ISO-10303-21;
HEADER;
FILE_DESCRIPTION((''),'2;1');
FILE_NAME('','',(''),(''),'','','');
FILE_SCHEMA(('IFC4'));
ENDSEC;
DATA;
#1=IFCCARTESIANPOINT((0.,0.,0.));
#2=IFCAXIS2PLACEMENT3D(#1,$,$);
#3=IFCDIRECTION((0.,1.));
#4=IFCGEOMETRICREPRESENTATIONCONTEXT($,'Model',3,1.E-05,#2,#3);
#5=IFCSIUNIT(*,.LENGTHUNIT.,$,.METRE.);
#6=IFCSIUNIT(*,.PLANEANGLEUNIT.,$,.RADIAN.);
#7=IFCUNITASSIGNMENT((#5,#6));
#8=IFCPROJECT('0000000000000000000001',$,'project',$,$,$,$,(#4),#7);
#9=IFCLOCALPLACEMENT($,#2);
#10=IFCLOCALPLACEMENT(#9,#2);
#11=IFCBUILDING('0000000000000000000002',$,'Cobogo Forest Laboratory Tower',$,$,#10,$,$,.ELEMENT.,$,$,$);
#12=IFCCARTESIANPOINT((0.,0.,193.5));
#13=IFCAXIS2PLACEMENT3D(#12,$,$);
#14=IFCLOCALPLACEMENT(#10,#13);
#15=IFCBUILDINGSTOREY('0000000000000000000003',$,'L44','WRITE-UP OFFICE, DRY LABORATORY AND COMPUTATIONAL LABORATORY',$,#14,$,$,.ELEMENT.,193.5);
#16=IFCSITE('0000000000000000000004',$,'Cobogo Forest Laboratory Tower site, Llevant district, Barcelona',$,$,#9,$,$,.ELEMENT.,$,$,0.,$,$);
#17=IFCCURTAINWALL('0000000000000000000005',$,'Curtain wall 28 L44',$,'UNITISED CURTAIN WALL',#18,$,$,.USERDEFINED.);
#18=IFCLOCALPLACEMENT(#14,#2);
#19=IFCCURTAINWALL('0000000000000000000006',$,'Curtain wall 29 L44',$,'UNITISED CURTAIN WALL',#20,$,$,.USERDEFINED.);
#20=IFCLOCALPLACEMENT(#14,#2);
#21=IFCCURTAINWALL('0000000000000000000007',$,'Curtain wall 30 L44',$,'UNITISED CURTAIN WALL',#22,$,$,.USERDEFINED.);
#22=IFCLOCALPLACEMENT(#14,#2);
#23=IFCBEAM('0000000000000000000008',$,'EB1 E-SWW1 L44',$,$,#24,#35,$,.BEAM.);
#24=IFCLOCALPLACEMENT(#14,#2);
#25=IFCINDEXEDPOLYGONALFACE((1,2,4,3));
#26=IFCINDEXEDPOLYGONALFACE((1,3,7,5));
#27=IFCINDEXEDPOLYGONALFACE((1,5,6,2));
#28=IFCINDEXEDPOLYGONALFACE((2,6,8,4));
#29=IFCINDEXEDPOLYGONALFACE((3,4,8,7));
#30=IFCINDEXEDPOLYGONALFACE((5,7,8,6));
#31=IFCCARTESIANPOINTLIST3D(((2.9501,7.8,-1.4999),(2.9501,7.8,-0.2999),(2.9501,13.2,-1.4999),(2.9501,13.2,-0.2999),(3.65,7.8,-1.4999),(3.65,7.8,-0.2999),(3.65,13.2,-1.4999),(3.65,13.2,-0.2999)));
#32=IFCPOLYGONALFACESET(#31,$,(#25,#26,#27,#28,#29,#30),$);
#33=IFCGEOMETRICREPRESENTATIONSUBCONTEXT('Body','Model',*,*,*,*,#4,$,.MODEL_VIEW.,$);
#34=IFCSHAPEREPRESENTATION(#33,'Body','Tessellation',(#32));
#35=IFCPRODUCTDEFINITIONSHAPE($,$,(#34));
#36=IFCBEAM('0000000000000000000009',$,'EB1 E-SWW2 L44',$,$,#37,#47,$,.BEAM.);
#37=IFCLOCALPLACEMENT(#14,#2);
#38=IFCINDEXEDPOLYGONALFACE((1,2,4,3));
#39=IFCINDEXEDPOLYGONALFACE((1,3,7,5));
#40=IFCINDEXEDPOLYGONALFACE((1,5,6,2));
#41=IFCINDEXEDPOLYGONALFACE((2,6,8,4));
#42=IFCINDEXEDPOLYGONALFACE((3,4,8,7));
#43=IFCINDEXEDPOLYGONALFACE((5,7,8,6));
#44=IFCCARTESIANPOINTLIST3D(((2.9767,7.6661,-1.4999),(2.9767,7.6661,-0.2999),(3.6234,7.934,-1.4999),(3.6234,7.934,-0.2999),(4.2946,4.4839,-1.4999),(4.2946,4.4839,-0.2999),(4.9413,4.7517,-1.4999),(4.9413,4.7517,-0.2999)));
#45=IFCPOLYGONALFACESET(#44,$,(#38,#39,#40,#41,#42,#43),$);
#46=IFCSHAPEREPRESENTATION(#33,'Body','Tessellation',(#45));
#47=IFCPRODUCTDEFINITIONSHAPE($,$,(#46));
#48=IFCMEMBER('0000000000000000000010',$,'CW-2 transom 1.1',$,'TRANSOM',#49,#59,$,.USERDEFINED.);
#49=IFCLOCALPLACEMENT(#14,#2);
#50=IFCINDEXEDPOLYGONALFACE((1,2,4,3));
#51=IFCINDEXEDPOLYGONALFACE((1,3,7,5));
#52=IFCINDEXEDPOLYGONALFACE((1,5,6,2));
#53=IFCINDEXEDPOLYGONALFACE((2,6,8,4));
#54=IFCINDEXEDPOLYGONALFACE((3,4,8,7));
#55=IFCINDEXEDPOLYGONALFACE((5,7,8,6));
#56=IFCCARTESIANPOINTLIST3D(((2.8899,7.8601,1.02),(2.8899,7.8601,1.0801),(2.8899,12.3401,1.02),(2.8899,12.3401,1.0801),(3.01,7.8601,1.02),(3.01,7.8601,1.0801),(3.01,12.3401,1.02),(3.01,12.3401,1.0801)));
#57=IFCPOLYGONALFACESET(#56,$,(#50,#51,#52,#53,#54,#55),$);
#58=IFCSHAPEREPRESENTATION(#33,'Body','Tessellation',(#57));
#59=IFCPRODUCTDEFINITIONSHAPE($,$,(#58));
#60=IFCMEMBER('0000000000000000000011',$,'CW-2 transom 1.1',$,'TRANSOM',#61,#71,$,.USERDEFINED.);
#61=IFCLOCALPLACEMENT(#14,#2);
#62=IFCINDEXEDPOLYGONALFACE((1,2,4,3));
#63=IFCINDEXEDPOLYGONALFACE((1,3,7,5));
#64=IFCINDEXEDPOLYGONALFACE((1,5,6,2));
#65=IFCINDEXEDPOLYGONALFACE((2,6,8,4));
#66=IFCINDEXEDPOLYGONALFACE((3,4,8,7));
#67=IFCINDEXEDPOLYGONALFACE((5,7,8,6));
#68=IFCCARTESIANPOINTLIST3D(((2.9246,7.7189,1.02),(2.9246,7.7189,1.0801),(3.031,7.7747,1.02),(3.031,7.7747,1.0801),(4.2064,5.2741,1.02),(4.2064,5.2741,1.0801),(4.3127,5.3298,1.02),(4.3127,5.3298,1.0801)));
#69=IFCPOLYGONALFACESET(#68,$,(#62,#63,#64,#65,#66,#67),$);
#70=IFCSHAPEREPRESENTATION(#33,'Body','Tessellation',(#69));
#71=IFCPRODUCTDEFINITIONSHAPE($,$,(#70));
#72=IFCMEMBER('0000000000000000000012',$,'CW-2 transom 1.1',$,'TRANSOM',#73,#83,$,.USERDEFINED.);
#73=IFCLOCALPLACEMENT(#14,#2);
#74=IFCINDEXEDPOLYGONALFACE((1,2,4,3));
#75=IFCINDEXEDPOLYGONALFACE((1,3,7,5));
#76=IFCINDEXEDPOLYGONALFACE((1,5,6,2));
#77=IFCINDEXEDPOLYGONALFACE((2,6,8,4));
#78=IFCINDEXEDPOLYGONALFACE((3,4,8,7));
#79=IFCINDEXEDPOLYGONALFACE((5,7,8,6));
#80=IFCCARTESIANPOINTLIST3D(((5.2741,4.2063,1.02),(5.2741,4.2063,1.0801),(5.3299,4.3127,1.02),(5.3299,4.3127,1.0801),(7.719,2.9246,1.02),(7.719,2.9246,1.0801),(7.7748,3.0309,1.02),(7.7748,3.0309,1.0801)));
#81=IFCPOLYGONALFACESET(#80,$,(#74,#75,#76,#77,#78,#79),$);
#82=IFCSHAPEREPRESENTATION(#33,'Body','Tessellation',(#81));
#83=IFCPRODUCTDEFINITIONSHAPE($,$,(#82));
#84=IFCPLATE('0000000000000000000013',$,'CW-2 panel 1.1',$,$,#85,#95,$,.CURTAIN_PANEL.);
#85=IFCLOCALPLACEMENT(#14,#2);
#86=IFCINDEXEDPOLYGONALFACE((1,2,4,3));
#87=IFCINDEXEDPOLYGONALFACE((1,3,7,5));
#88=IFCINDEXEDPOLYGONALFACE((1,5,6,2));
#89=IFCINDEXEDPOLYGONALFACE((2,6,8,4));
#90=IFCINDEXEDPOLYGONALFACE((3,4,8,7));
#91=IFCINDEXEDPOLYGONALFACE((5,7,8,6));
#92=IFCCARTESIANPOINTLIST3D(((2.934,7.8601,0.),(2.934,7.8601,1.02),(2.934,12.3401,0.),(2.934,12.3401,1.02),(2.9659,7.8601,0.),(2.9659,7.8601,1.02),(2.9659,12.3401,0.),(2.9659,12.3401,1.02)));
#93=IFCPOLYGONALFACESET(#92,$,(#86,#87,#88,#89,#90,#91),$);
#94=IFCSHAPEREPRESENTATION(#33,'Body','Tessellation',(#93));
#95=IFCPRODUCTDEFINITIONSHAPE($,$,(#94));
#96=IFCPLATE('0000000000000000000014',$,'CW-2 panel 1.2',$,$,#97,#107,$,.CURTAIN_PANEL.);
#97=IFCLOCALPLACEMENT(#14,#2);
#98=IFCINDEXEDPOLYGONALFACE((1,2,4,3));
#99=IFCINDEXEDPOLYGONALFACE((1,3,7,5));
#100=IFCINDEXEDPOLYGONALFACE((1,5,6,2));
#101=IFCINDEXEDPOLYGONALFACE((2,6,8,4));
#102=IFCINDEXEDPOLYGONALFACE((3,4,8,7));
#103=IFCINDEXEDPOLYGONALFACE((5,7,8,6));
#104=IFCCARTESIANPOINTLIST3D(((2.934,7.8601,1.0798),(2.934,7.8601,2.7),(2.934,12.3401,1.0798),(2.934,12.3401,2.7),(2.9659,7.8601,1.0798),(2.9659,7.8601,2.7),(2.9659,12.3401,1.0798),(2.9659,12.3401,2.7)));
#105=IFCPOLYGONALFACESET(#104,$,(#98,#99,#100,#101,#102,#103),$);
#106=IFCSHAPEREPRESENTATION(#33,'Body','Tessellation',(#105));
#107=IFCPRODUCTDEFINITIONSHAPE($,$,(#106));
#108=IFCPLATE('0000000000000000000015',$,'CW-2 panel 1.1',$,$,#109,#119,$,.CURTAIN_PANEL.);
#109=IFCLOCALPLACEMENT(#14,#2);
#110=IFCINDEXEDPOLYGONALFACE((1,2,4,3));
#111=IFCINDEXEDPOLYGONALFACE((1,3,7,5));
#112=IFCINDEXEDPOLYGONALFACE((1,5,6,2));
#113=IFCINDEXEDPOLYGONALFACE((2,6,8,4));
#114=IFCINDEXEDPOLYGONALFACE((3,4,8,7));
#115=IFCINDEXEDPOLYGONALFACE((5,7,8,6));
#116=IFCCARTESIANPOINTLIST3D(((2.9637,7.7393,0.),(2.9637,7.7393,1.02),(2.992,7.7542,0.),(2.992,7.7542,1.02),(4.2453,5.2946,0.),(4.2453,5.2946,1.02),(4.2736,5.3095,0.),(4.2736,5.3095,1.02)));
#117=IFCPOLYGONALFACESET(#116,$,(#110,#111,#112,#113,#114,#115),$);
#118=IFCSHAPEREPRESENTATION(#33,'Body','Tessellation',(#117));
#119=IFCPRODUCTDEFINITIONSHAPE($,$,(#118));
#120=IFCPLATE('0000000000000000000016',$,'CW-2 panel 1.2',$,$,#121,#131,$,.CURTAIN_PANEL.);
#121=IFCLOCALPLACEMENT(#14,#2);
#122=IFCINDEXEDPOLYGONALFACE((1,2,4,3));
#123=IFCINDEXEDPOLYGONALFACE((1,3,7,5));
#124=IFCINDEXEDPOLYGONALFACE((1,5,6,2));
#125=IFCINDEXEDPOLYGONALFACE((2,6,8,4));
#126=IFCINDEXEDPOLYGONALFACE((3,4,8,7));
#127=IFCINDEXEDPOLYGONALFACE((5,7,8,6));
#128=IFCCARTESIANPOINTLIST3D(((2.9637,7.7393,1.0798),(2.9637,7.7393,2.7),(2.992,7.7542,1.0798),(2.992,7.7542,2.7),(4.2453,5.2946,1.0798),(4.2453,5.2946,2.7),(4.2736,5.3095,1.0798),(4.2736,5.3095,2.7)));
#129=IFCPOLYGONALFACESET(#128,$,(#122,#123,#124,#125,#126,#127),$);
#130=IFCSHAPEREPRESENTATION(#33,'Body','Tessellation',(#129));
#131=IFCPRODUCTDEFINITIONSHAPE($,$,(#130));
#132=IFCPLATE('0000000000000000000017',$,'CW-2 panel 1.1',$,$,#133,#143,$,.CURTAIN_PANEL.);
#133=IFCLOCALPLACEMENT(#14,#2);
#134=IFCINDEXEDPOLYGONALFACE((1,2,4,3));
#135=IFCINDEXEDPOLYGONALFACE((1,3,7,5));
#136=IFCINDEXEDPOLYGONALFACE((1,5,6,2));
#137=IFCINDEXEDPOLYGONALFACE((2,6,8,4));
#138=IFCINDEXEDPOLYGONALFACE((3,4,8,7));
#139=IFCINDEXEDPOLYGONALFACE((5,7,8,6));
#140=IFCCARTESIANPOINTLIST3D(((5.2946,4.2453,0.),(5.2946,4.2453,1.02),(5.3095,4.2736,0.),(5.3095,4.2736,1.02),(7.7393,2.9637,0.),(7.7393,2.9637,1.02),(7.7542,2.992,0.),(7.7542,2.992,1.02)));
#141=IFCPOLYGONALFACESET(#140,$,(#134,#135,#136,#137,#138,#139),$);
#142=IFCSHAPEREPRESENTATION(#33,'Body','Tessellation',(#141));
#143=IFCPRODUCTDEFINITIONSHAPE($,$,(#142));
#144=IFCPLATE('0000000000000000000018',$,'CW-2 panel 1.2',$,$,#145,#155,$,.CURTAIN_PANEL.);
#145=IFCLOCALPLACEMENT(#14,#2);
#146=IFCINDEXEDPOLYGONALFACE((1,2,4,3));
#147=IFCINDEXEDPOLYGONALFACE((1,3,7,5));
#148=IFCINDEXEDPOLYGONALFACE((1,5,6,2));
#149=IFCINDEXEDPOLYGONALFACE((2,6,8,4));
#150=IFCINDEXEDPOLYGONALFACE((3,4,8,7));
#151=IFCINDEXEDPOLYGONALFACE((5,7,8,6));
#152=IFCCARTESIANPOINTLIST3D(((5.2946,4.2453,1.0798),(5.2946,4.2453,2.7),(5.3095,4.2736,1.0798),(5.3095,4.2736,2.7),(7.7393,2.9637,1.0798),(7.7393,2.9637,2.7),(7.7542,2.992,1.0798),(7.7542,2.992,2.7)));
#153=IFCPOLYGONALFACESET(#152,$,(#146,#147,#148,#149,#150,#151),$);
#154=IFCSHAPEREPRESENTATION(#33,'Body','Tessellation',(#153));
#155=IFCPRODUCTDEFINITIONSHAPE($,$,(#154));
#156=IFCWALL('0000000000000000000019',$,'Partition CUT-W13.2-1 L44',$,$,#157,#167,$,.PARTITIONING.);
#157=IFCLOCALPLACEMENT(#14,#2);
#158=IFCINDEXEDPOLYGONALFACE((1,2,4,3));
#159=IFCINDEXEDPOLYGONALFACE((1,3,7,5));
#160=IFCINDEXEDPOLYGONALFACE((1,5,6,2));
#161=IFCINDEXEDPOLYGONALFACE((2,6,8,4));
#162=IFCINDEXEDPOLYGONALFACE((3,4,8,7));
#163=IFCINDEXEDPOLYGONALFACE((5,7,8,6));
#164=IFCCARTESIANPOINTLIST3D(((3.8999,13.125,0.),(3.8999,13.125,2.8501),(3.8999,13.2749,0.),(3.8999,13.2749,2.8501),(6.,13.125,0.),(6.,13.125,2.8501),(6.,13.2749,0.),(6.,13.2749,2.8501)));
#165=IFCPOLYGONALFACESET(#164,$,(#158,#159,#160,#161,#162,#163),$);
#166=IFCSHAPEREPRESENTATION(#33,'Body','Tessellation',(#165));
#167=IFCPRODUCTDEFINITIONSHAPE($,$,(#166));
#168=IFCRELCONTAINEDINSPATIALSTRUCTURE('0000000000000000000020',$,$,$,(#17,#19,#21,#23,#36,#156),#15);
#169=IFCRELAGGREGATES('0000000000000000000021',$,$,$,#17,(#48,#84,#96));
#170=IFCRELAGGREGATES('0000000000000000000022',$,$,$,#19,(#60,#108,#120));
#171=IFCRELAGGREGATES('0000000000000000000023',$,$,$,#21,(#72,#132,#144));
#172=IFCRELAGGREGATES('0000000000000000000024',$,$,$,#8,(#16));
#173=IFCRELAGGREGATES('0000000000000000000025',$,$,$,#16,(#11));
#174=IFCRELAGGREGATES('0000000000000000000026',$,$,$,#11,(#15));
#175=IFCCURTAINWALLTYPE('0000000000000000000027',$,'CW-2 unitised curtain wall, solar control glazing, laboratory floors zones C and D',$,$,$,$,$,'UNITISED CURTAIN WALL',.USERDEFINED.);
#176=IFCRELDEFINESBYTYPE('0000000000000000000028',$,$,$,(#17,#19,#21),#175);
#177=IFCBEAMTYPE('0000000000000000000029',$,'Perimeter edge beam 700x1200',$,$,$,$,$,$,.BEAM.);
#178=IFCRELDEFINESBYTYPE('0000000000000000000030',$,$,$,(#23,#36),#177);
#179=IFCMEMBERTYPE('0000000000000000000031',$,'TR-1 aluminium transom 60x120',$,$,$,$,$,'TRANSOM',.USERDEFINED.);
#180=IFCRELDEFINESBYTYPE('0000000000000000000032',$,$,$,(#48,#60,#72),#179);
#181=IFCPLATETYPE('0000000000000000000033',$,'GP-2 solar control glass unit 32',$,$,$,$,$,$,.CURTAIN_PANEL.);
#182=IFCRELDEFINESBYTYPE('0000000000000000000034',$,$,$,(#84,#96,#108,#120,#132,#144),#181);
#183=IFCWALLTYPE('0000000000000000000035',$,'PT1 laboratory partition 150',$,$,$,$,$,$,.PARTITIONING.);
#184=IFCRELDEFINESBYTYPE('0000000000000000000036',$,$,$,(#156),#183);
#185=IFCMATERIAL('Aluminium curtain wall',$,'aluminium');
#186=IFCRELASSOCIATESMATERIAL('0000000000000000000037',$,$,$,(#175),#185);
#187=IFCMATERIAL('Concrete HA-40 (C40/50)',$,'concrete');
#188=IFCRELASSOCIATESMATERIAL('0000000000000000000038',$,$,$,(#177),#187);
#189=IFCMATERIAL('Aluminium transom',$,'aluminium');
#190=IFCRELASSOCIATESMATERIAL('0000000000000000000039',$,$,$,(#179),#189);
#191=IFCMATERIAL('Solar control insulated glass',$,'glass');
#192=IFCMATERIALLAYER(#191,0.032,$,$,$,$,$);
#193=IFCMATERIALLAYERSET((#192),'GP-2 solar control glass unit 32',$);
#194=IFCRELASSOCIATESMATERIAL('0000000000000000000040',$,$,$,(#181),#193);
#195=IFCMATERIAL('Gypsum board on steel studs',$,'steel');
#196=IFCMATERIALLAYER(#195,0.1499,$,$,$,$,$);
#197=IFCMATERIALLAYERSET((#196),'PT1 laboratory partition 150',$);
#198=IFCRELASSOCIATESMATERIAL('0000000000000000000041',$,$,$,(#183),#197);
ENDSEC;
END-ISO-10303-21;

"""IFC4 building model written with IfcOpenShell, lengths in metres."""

from ifc_helpers import new_model, si_unit, direction, frame, frame_2d, origin, origin_2d, place, context, subcontext, project, spatial, rectangle, extrude, material, layer, layer_set, material_profile, profile_set, type_object, element, aggregate, save


model = new_model("IFC4")

# Units and contexts
model_context = context("Model", 3, precision=1e-05, world=origin(), true_north=direction((0.0, 1.0)))
body_context = subcontext(model_context, "Body", "Model", "MODEL_VIEW")
ifc_project = project(units=[si_unit("LENGTHUNIT", "METRE"), si_unit("PLANEANGLEUNIT", "RADIAN")], contexts=[model_context])

# Site, building, storey
site_placement = place(None, origin())
site = spatial("IfcSite", under=ifc_project, at=site_placement, Name="Cobogo Forest Laboratory Tower site, Llevant district, Barcelona", CompositionType="ELEMENT", RefElevation=0.0)
building_placement = place(site_placement, origin())
building = spatial("IfcBuilding", under=site, at=building_placement, Name="Cobogo Forest Laboratory Tower", CompositionType="ELEMENT")
storey_placement = place(building_placement, frame((0.0, 0.0, 193.5)))
storey = spatial("IfcBuildingStorey", under=building, at=storey_placement, Name="L44", Description="WRITE-UP OFFICE, DRY LABORATORY AND COMPUTATIONAL LABORATORY", CompositionType="ELEMENT", Elevation=193.5)

# Shared definitions
ifc_material_1 = material(Name="Concrete HA-40 (C40/50)", Category="concrete")

# Curtain wall
ifc_material_2 = material(Name="Aluminium curtain wall", Category="aluminium")
curtain_wall_type = type_object("IfcCurtainWallType", Name="CW-2 unitised curtain wall, solar control glazing, laboratory floors zones C and D", ElementType="UNITISED CURTAIN WALL", PredefinedType="USERDEFINED", material=ifc_material_2)
curtain_wall_1_placement = place(storey_placement, origin())
curtain_wall_1 = element("IfcCurtainWall", 1, at=curtain_wall_1_placement, inside=storey, type_object=curtain_wall_type, Name="Curtain wall 28 L44", ObjectType="UNITISED CURTAIN WALL", PredefinedType="USERDEFINED")

# Curtain walls
curtain_wall_2_placement = place(storey_placement, origin())
curtain_wall_2 = element("IfcCurtainWall", 2, at=curtain_wall_2_placement, inside=storey, type_object=curtain_wall_type, Name="Curtain wall 29 L44", ObjectType="UNITISED CURTAIN WALL", PredefinedType="USERDEFINED")
curtain_wall_3_placement = place(storey_placement, origin())
curtain_wall_3 = element("IfcCurtainWall", 3, at=curtain_wall_3_placement, inside=storey, type_object=curtain_wall_type, Name="Curtain wall 30 L44", ObjectType="UNITISED CURTAIN WALL", PredefinedType="USERDEFINED")

# Beams
ifc_material_profile_1 = material_profile(ifc_material_1, rectangle(XDim=0.7, YDim=1.2, at=origin_2d()), Name="RC 700x1200")
ifc_profile_set_1 = profile_set([ifc_material_profile_1], Name="Concrete HA-40 (C40/50)")
beam_type_1 = type_object("IfcBeamType", Name="Perimeter edge beam 700x1200", PredefinedType="BEAM", material=ifc_profile_set_1)
beam_1_placement = place(storey_placement, frame((3.3, 13.2, -0.8999), z_axis=(0.0, -1.0, 0.0), x_axis=(1.0, 0.0, 0.0)))
element("IfcBeam", 4, at=beam_1_placement, inside=storey, type_object=beam_type_1, Name="EB1 E-SWW1 L44", PredefinedType="BEAM", context=body_context, shape_type="SweptSolid", body=[
    extrude(rectangle(XDim=0.7, YDim=1.2, at=origin_2d()), origin(), (0.0, 0.0, 1.0), 5.3999),
])
beam_2_placement = place(storey_placement, frame((3.3, 7.8, -0.8999), z_axis=(0.382631, -0.923901, 0.0), x_axis=(0.923901, 0.382631, 0.0)))
element("IfcBeam", 5, at=beam_2_placement, inside=storey, type_object=beam_type_1, Name="EB1 E-SWW2 L44", PredefinedType="BEAM", context=body_context, shape_type="SweptSolid", body=[
    extrude(rectangle(XDim=0.7, YDim=1.2, at=origin_2d()), origin(), (0.0, 0.0, 1.0), 3.4443),
])

# Members
ifc_material_3 = material(Name="Aluminium transom", Category="aluminium")
ifc_material_profile_2 = material_profile(ifc_material_3, rectangle(XDim=0.1201, YDim=0.0601, at=origin_2d()), Name="AL 60x120")
ifc_profile_set_2 = profile_set([ifc_material_profile_2], Name="Aluminium transom")
member_type_1 = type_object("IfcMemberType", Name="TR-1 aluminium transom 60x120", ElementType="TRANSOM", PredefinedType="USERDEFINED", material=ifc_profile_set_2)
member_1_placement = place(storey_placement, frame((2.95, 12.3401, 1.05), z_axis=(0.0, -1.0, 0.0), x_axis=(1.0, 0.0, 0.0)))
member_1 = element("IfcMember", 6, at=member_1_placement, type_object=member_type_1, Name="CW-2 transom 1.1", ObjectType="TRANSOM", PredefinedType="USERDEFINED", context=body_context, shape_type="SweptSolid", body=[
    extrude(rectangle(XDim=0.1201, YDim=0.0601, at=origin_2d()), origin(), (0.0, 0.0, 1.0), 4.48),
])
member_2_placement = place(storey_placement, frame((2.9778, 7.7468, 1.05), z_axis=(0.464324, -0.885665, 0.0), x_axis=(0.885665, 0.464324, 0.0)))
member_2 = element("IfcMember", 7, at=member_2_placement, type_object=member_type_1, Name="CW-2 transom 1.1", ObjectType="TRANSOM", PredefinedType="USERDEFINED", context=body_context, shape_type="SweptSolid", body=[
    extrude(rectangle(XDim=0.1201, YDim=0.0601, at=origin_2d()), origin(), (0.0, 0.0, 1.0), 2.7605),
])
member_3_placement = place(storey_placement, frame((5.302, 4.2595, 1.05), z_axis=(0.885665, -0.464324, 0.0), x_axis=(0.464324, 0.885665, 0.0)))
member_3 = element("IfcMember", 8, at=member_3_placement, type_object=member_type_1, Name="CW-2 transom 1.1", ObjectType="TRANSOM", PredefinedType="USERDEFINED", context=body_context, shape_type="SweptSolid", body=[
    extrude(rectangle(XDim=0.1201, YDim=0.0601, at=origin_2d()), origin(), (0.0, 0.0, 1.0), 2.7605),
])

# Plates
ifc_material_4 = material(Name="Solar control insulated glass", Category="glass")
ifc_layer_1 = layer(ifc_material_4, 0.032)
ifc_layer_set_1 = layer_set([ifc_layer_1], Name="GP-2 solar control glass unit 32")
plate_type = type_object("IfcPlateType", Name="GP-2 solar control glass unit 32", PredefinedType="CURTAIN_PANEL", material=ifc_layer_set_1)
plate_1_placement = place(storey_placement, frame((2.95, 10.1001, 0.0), z_axis=(0.0, 0.0, 1.0), x_axis=(0.0, -1.0, 0.0)))
plate_1 = element("IfcPlate", 9, at=plate_1_placement, type_object=plate_type, Name="CW-2 panel 1.1", PredefinedType="CURTAIN_PANEL", context=body_context, shape_type="SweptSolid", body=[
    extrude(rectangle(XDim=4.48, YDim=0.032, at=origin_2d()), origin(), (0.0, 0.0, 1.0), 1.02),
])
plate_2_placement = place(storey_placement, frame((2.95, 10.1001, 1.0798), z_axis=(0.0, 0.0, 1.0), x_axis=(0.0, -1.0, 0.0)))
plate_2 = element("IfcPlate", 10, at=plate_2_placement, type_object=plate_type, Name="CW-2 panel 1.2", PredefinedType="CURTAIN_PANEL", context=body_context, shape_type="SweptSolid", body=[
    extrude(rectangle(XDim=4.48, YDim=0.032, at=origin_2d()), origin(), (0.0, 0.0, 1.0), 1.6201),
])
aggregate(curtain_wall_1, [member_1, plate_1, plate_2])
plate_3_placement = place(storey_placement, frame((3.6187, 6.5244, 0.0), z_axis=(0.0, 0.0, 1.0), x_axis=(0.464284, -0.885686, 0.0)))
plate_3 = element("IfcPlate", 11, at=plate_3_placement, type_object=plate_type, Name="CW-2 panel 1.1", PredefinedType="CURTAIN_PANEL", context=body_context, shape_type="SweptSolid", body=[
    extrude(rectangle(XDim=2.7603, YDim=0.032, at=origin_2d()), origin(), (0.0, 0.0, 1.0), 1.02),
])
plate_4_placement = place(storey_placement, frame((3.6187, 6.5244, 1.0798), z_axis=(0.0, 0.0, 1.0), x_axis=(0.464284, -0.885686, 0.0)))
plate_4 = element("IfcPlate", 12, at=plate_4_placement, type_object=plate_type, Name="CW-2 panel 1.2", PredefinedType="CURTAIN_PANEL", context=body_context, shape_type="SweptSolid", body=[
    extrude(rectangle(XDim=2.7603, YDim=0.032, at=origin_2d()), origin(), (0.0, 0.0, 1.0), 1.6201),
])
aggregate(curtain_wall_2, [member_2, plate_3, plate_4])
plate_5_placement = place(storey_placement, frame((6.5244, 3.6187, 0.0), z_axis=(0.0, 0.0, 1.0), x_axis=(0.885686, -0.464284, 0.0)))
plate_5 = element("IfcPlate", 13, at=plate_5_placement, type_object=plate_type, Name="CW-2 panel 1.1", PredefinedType="CURTAIN_PANEL", context=body_context, shape_type="SweptSolid", body=[
    extrude(rectangle(XDim=2.7603, YDim=0.032, at=origin_2d()), origin(), (0.0, 0.0, 1.0), 1.02),
])
plate_6_placement = place(storey_placement, frame((6.5244, 3.6187, 1.0798), z_axis=(0.0, 0.0, 1.0), x_axis=(0.885686, -0.464284, 0.0)))
plate_6 = element("IfcPlate", 14, at=plate_6_placement, type_object=plate_type, Name="CW-2 panel 1.2", PredefinedType="CURTAIN_PANEL", context=body_context, shape_type="SweptSolid", body=[
    extrude(rectangle(XDim=2.7603, YDim=0.032, at=origin_2d()), origin(), (0.0, 0.0, 1.0), 1.6201),
])
aggregate(curtain_wall_3, [member_3, plate_5, plate_6])

# Wall
ifc_material_5 = material(Name="Gypsum board on steel studs", Category="steel")
ifc_layer_2 = layer(ifc_material_5, 0.1499)
ifc_layer_set_2 = layer_set([ifc_layer_2], Name="PT1 laboratory partition 150")
wall_type = type_object("IfcWallType", Name="PT1 laboratory partition 150", PredefinedType="PARTITIONING", material=ifc_layer_set_2)
wall_placement = place(storey_placement, frame((3.8999, 13.2, 0.0), z_axis=(0.0, 0.0, 1.0), x_axis=(1.0, 0.0, 0.0)))
element("IfcWall", 15, at=wall_placement, inside=storey, type_object=wall_type, Name="Partition CUT-W13.2-1 L44", PredefinedType="PARTITIONING", context=body_context, shape_type="SweptSolid", body=[
    extrude(rectangle(XDim=2.1001, YDim=0.1499, at=frame_2d((1.05, 0.0))), origin(), (0.0, 0.0, 1.0), 2.8501),
])

save(model, "model.ifc")
